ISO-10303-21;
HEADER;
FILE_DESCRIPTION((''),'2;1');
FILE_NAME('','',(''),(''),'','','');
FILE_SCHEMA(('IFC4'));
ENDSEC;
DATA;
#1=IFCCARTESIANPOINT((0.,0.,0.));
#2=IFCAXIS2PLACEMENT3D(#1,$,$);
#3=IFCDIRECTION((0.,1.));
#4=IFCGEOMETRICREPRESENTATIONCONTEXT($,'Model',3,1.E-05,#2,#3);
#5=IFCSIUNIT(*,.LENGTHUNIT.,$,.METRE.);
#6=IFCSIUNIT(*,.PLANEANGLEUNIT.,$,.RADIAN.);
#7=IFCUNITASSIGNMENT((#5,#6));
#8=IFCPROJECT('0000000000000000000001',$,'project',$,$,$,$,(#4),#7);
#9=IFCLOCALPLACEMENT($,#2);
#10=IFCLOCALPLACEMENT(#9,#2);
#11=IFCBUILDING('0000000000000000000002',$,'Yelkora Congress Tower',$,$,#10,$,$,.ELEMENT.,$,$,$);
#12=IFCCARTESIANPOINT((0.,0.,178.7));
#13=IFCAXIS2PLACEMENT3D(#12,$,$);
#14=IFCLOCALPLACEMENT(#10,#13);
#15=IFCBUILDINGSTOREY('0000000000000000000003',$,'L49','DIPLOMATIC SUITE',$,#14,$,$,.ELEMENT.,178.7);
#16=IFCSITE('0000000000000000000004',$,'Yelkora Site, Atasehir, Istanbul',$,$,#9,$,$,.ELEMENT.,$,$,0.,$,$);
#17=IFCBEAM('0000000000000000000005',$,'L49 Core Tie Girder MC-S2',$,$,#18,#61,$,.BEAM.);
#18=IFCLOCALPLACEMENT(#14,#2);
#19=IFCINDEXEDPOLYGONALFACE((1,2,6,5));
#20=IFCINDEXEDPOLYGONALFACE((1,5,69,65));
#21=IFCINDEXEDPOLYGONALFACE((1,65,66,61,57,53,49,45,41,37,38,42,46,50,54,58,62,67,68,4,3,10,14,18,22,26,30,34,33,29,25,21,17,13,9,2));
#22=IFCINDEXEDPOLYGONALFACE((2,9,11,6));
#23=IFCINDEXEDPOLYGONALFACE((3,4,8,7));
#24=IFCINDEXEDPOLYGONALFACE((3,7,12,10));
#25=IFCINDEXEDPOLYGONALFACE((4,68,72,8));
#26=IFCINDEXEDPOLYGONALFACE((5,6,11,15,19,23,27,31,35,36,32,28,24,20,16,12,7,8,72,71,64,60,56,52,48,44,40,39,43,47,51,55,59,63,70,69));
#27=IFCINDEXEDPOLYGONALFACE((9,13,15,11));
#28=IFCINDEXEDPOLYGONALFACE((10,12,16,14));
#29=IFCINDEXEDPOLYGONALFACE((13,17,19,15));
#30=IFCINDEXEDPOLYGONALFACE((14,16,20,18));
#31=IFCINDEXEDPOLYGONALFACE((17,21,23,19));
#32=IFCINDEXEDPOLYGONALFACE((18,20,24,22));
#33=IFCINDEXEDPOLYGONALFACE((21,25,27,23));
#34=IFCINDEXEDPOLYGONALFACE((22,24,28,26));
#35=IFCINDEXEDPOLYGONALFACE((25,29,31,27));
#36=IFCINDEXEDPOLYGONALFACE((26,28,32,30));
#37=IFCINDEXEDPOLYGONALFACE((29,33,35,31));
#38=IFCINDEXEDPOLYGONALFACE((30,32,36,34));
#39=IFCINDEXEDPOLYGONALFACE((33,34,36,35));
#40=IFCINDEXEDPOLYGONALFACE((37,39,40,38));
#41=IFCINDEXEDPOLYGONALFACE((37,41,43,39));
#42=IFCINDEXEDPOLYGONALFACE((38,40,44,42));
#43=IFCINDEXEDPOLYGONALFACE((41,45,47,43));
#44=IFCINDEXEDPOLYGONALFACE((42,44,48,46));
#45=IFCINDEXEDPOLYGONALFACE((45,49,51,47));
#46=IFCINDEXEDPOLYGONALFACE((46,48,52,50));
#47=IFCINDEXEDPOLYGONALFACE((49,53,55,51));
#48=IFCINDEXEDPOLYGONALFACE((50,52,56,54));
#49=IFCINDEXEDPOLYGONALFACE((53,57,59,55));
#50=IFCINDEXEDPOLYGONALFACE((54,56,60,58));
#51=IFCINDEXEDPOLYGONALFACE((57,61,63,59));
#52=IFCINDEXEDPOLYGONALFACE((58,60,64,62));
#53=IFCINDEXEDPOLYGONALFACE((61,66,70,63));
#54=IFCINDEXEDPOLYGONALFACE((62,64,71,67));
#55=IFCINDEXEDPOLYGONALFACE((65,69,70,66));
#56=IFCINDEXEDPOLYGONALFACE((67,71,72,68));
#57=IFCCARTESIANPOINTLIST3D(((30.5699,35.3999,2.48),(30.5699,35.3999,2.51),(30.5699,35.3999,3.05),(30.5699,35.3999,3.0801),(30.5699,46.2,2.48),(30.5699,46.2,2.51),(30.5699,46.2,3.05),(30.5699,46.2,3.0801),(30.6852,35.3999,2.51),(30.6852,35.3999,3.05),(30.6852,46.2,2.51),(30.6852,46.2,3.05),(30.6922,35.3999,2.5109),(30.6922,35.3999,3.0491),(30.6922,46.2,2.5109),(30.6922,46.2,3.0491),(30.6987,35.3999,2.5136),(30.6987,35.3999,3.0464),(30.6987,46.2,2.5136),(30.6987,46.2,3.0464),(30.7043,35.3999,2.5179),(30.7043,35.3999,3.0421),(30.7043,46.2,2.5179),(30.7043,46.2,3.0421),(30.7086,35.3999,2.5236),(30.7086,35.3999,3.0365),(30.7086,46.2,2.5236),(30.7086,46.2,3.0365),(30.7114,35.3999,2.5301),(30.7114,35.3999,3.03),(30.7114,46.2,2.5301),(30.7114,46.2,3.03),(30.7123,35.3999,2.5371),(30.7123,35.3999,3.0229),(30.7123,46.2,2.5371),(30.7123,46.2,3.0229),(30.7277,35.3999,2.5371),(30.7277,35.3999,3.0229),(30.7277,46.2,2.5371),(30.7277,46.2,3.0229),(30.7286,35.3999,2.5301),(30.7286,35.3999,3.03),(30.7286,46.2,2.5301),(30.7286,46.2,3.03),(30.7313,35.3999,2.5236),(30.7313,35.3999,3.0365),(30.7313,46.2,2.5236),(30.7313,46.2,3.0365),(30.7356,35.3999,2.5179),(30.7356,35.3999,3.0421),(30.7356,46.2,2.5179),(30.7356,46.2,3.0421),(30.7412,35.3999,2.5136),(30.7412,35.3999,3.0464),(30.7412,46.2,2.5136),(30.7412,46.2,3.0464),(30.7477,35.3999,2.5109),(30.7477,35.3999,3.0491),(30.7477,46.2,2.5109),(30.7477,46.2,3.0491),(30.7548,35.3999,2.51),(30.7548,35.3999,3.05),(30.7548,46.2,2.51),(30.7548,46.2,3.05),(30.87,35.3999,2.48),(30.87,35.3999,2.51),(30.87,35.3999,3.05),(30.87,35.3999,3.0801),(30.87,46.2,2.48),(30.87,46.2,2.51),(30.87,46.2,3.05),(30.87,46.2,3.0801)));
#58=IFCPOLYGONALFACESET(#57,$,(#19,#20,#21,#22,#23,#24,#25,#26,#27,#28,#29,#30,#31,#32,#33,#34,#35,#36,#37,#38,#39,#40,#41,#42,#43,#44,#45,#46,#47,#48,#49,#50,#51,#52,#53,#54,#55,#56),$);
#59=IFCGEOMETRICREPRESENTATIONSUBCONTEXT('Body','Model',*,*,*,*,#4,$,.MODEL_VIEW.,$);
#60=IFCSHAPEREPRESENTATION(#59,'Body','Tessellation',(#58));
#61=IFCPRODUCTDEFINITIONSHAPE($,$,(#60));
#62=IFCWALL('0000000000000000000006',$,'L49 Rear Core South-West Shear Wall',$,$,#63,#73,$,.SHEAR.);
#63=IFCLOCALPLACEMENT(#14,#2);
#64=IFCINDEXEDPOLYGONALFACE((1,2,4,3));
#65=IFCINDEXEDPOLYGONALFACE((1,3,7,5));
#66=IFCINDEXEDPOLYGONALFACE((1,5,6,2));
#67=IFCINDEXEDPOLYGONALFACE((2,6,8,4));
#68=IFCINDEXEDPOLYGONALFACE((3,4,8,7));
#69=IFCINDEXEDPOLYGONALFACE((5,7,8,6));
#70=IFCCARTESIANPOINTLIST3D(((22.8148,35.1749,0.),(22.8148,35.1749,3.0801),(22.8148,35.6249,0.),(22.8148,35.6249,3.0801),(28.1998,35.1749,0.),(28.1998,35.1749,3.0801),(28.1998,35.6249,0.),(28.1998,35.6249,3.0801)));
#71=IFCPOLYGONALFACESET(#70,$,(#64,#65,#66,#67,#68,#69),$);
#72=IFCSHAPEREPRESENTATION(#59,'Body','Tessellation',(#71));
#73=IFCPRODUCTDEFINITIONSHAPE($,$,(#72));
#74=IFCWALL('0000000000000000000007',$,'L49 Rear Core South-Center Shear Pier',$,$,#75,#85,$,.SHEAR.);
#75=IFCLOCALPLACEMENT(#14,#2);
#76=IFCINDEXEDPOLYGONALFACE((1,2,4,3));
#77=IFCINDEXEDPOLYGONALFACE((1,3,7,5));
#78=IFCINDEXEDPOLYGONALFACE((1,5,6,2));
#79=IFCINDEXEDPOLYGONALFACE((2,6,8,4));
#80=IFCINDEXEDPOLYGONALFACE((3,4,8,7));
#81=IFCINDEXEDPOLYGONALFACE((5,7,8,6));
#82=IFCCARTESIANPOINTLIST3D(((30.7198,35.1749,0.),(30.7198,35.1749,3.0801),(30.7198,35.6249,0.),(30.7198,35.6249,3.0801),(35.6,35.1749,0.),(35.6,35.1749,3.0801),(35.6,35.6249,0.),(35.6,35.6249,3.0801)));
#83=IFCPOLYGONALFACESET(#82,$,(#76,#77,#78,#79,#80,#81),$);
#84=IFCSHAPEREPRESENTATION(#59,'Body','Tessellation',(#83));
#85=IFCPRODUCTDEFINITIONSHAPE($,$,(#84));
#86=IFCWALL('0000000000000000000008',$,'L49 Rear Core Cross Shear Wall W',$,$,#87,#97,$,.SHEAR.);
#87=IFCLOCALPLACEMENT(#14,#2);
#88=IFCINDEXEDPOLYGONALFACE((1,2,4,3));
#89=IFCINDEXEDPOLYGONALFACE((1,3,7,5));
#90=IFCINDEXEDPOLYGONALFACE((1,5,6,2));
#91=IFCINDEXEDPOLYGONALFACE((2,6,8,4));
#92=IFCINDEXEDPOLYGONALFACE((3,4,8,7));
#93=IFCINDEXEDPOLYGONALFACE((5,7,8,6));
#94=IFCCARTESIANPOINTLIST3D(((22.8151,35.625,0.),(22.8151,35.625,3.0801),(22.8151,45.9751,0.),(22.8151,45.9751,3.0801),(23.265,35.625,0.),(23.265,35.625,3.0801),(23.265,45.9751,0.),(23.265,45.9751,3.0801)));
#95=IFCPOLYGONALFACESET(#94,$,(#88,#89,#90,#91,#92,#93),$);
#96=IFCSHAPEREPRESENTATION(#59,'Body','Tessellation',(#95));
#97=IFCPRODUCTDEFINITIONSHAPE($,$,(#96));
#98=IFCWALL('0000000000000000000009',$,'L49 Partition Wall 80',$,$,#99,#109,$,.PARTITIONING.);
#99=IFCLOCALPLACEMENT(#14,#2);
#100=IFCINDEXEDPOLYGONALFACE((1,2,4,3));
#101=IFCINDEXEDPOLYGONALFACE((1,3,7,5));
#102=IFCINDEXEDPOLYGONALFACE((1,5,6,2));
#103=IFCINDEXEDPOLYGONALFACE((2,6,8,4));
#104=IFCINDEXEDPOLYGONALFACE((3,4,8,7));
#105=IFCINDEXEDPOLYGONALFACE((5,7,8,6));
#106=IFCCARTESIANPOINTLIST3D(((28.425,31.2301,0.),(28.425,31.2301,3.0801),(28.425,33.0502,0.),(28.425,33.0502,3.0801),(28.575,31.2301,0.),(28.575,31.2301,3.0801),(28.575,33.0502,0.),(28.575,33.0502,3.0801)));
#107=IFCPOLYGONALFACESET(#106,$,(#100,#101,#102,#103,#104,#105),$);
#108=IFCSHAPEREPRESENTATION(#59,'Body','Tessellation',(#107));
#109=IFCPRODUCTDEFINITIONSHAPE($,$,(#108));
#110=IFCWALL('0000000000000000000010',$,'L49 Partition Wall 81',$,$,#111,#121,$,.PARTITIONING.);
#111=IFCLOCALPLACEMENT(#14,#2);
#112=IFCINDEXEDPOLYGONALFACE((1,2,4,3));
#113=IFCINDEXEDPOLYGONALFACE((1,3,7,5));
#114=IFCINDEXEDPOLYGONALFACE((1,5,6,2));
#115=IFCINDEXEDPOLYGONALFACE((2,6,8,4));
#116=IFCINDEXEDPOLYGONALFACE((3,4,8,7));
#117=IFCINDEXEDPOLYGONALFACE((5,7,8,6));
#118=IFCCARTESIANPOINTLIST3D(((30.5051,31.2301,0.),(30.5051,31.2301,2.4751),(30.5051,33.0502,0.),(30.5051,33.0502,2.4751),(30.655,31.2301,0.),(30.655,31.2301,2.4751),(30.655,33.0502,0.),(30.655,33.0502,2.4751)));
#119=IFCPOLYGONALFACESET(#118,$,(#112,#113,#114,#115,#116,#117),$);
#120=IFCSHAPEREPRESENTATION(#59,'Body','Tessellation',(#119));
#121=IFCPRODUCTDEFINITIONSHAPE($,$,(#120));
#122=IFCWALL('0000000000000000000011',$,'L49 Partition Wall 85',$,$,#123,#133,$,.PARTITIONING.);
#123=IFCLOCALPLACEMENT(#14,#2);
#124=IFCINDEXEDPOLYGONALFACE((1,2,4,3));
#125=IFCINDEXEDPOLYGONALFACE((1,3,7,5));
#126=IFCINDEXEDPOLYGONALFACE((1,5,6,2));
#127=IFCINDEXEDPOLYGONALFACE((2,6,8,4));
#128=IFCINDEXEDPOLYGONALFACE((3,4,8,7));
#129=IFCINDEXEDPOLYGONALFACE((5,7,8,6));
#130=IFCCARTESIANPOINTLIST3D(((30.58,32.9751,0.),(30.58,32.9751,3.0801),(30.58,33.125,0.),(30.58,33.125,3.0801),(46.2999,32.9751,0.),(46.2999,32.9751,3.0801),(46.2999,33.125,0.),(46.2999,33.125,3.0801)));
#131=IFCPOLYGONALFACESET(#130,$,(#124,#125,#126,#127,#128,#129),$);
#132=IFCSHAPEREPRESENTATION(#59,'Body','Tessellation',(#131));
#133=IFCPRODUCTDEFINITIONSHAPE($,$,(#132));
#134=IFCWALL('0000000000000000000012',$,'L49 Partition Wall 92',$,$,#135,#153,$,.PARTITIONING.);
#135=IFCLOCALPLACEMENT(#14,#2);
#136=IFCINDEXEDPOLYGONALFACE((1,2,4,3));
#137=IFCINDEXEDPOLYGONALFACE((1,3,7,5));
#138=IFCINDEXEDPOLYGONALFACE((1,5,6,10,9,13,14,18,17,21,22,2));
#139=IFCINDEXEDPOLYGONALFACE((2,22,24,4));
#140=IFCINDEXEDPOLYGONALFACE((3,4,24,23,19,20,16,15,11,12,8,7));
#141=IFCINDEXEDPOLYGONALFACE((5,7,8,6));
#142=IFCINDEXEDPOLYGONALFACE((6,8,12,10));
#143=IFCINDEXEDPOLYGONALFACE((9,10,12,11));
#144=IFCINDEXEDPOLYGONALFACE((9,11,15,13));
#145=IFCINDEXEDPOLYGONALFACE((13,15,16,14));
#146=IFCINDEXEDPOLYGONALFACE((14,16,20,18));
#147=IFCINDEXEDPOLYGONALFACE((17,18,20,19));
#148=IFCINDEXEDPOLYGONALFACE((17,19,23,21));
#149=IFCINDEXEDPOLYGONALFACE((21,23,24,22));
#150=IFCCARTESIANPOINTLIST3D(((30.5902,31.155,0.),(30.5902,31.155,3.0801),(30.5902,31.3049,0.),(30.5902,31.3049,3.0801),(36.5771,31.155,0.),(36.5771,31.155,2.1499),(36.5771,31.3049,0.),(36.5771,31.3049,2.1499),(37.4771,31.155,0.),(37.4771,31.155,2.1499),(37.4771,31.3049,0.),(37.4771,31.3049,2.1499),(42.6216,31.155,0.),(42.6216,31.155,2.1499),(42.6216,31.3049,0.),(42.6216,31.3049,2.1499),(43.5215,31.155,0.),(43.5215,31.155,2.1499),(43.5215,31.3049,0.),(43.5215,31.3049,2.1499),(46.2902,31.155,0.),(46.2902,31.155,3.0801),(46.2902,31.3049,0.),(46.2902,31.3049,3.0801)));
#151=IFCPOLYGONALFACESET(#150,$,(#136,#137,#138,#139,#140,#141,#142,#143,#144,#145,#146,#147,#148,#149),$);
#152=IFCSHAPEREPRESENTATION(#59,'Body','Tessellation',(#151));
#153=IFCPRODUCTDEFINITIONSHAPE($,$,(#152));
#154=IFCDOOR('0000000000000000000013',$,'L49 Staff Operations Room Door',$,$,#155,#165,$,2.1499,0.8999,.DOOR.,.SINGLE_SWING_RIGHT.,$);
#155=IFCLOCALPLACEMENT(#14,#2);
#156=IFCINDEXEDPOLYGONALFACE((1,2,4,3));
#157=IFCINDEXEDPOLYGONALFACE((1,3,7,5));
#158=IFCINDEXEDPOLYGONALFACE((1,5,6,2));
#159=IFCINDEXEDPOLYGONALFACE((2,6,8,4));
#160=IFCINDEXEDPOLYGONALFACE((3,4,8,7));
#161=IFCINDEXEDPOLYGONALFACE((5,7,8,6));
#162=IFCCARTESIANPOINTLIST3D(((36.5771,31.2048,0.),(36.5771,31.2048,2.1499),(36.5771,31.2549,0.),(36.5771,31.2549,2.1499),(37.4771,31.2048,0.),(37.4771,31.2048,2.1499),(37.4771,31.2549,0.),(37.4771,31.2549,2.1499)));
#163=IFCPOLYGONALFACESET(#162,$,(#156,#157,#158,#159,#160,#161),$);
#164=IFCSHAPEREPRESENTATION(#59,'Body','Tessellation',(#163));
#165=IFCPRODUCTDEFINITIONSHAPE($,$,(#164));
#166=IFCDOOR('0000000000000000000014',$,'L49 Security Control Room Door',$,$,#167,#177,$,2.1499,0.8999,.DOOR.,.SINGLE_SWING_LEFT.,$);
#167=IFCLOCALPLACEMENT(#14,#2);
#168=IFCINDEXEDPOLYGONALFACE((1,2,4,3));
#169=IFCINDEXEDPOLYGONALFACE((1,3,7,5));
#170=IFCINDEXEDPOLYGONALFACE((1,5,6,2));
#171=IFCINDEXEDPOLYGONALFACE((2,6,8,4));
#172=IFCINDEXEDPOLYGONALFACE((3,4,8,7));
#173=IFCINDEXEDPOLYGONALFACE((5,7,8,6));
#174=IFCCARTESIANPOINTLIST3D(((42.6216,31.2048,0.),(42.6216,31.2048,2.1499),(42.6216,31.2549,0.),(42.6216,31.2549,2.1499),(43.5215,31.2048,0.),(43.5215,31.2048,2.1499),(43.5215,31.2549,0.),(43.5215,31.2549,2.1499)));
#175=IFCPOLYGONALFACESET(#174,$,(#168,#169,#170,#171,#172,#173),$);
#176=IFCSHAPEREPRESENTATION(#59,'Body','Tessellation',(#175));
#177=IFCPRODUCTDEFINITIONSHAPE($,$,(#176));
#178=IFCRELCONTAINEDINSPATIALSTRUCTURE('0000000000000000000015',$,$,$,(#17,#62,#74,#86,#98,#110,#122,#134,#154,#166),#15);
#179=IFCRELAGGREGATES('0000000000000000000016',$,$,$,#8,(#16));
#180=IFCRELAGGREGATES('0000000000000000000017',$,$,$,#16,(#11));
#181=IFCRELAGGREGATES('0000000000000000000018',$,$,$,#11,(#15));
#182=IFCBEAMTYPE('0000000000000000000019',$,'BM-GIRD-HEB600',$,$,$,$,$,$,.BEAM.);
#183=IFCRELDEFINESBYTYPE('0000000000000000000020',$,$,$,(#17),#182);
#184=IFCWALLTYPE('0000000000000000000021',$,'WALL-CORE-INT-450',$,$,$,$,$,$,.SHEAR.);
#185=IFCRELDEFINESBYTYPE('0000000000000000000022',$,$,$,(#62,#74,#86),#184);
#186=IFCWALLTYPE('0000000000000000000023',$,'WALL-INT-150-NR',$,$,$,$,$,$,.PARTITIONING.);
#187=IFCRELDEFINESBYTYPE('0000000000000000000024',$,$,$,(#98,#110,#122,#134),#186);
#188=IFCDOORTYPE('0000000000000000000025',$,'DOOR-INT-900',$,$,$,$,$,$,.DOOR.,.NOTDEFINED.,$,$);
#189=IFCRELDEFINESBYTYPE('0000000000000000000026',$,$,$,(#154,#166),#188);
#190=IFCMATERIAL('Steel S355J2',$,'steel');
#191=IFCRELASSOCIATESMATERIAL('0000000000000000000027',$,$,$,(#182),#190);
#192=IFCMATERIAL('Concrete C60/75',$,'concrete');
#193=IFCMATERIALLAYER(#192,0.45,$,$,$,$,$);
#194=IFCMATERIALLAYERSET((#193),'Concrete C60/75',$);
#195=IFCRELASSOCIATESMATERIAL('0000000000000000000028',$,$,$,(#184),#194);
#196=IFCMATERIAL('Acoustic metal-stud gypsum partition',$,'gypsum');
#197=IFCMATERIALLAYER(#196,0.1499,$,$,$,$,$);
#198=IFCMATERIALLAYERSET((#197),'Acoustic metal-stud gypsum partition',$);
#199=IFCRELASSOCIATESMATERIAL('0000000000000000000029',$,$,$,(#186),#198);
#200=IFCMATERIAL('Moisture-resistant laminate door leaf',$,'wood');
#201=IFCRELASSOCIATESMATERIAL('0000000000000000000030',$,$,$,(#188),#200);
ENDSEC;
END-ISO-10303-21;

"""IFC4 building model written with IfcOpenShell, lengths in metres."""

from ifc_helpers import new_model, si_unit, direction, frame, frame_2d, origin, origin_2d, place, context, subcontext, project, spatial, rectangle, i_section, extrude, material, layer, layer_set, material_profile, profile_set, type_object, element, fill, save


model = new_model("IFC4")

# Units and contexts
model_context = context("Model", 3, precision=1e-05, world=origin(), true_north=direction((0.0, 1.0)))
body_context = subcontext(model_context, "Body", "Model", "MODEL_VIEW")
ifc_project = project(units=[si_unit("LENGTHUNIT", "METRE"), si_unit("PLANEANGLEUNIT", "RADIAN")], contexts=[model_context])

# Site, building, storey
site_placement = place(None, origin())
site = spatial("IfcSite", under=ifc_project, at=site_placement, Name="Yelkora Site, Atasehir, Istanbul", CompositionType="ELEMENT", RefElevation=0.0)
building_placement = place(site_placement, origin())
building = spatial("IfcBuilding", under=site, at=building_placement, Name="Yelkora Congress Tower", CompositionType="ELEMENT")
storey_placement = place(building_placement, frame((0.0, 0.0, 178.7)))
storey = spatial("IfcBuildingStorey", under=building, at=storey_placement, Name="L49", Description="DIPLOMATIC SUITE", CompositionType="ELEMENT", Elevation=178.7)

# Beam
ifc_material_1 = material(Name="Steel S355J2", Category="steel")
ifc_material_profile_1 = material_profile(ifc_material_1, i_section(OverallWidth=0.3, OverallDepth=0.6001, WebThickness=0.0154, FlangeThickness=0.03, FilletRadius=0.0271, at=origin_2d()), Name="HEB 600")
ifc_profile_set_1 = profile_set([ifc_material_profile_1], Name="Steel S355J2")
beam_type = type_object("IfcBeamType", Name="BM-GIRD-HEB600", PredefinedType="BEAM", material=ifc_profile_set_1)
beam_placement = place(storey_placement, frame((30.72, 35.3999, 2.78), z_axis=(0.0, 1.0, 0.0), x_axis=(-1.0, 0.0, 0.0)))
element("IfcBeam", 1, at=beam_placement, inside=storey, type_object=beam_type, Name="L49 Core Tie Girder MC-S2", PredefinedType="BEAM", context=body_context, shape_type="SweptSolid", body=[
    extrude(i_section(OverallWidth=0.3, OverallDepth=0.6001, WebThickness=0.0154, FlangeThickness=0.03, FilletRadius=0.0271, at=origin_2d()), origin(), (0.0, 0.0, 1.0), 10.8),
])

# Walls
ifc_material_2 = material(Name="Concrete C60/75", Category="concrete")
ifc_layer_1 = layer(ifc_material_2, 0.45)
ifc_layer_set_1 = layer_set([ifc_layer_1], Name="Concrete C60/75")
wall_type_1 = type_object("IfcWallType", Name="WALL-CORE-INT-450", PredefinedType="SHEAR", material=ifc_layer_set_1)
wall_1_placement = place(storey_placement, frame((22.8149, 35.3999, 0.0), z_axis=(0.0, 0.0, 1.0), x_axis=(1.0, 0.0, 0.0)))
element("IfcWall", 2, at=wall_1_placement, inside=storey, type_object=wall_type_1, Name="L49 Rear Core South-West Shear Wall", PredefinedType="SHEAR", context=body_context, shape_type="SweptSolid", body=[
    extrude(rectangle(XDim=5.385, YDim=0.45, at=frame_2d((2.6924, 0.0))), origin(), (0.0, 0.0, 1.0), 3.0801),
])
wall_2_placement = place(storey_placement, frame((30.72, 35.3999, 0.0), z_axis=(0.0, 0.0, 1.0), x_axis=(1.0, 0.0, 0.0)))
element("IfcWall", 3, at=wall_2_placement, inside=storey, type_object=wall_type_1, Name="L49 Rear Core South-Center Shear Pier", PredefinedType="SHEAR", context=body_context, shape_type="SweptSolid", body=[
    extrude(rectangle(XDim=4.8801, YDim=0.45, at=frame_2d((2.4399, 0.0))), origin(), (0.0, 0.0, 1.0), 3.0801),
])
wall_3_placement = place(storey_placement, frame((23.04, 35.625, 0.0), z_axis=(0.0, 0.0, 1.0), x_axis=(0.0, 1.0, 0.0)))
element("IfcWall", 4, at=wall_3_placement, inside=storey, type_object=wall_type_1, Name="L49 Rear Core Cross Shear Wall W", PredefinedType="SHEAR", context=body_context, shape_type="SweptSolid", body=[
    extrude(rectangle(XDim=10.3501, YDim=0.45, at=frame_2d((5.175, 0.0))), origin(), (0.0, 0.0, 1.0), 3.0801),
])

# Walls
ifc_material_3 = material(Name="Acoustic metal-stud gypsum partition", Category="gypsum")
ifc_layer_2 = layer(ifc_material_3, 0.1499)
ifc_layer_set_2 = layer_set([ifc_layer_2], Name="Acoustic metal-stud gypsum partition")
wall_type_2 = type_object("IfcWallType", Name="WALL-INT-150-NR", PredefinedType="PARTITIONING", material=ifc_layer_set_2)
wall_4_placement = place(storey_placement, frame((28.5, 31.23, 0.0), z_axis=(0.0, 0.0, 1.0), x_axis=(0.0, 1.0, 0.0)))
element("IfcWall", 5, at=wall_4_placement, inside=storey, type_object=wall_type_2, Name="L49 Partition Wall 80", PredefinedType="PARTITIONING", context=body_context, shape_type="SweptSolid", body=[
    extrude(rectangle(XDim=1.8201, YDim=0.1499, at=frame_2d((0.9102, 0.0))), origin(), (0.0, 0.0, 1.0), 3.0801),
])
wall_5_placement = place(storey_placement, frame((30.5801, 31.23, 0.0), z_axis=(0.0, 0.0, 1.0), x_axis=(0.0, 1.0, 0.0)))
element("IfcWall", 6, at=wall_5_placement, inside=storey, type_object=wall_type_2, Name="L49 Partition Wall 81", PredefinedType="PARTITIONING", context=body_context, shape_type="SweptSolid", body=[
    extrude(rectangle(XDim=1.8201, YDim=0.1499, at=frame_2d((0.9102, 0.0))), origin(), (0.0, 0.0, 1.0), 2.4751),
])
wall_6_placement = place(storey_placement, frame((30.5801, 33.05, 0.0), z_axis=(0.0, 0.0, 1.0), x_axis=(1.0, 0.0, 0.0)))
element("IfcWall", 7, at=wall_6_placement, inside=storey, type_object=wall_type_2, Name="L49 Partition Wall 85", PredefinedType="PARTITIONING", context=body_context, shape_type="SweptSolid", body=[
    extrude(rectangle(XDim=15.72, YDim=0.1499, at=frame_2d((7.8599, 0.0))), origin(), (0.0, 0.0, 1.0), 3.0801),
])

# Wall, openings, doors
wall_7_placement = place(storey_placement, frame((30.5901, 31.23, 0.0), z_axis=(0.0, 0.0, 1.0), x_axis=(1.0, 0.0, 0.0)))
wall_7 = element("IfcWall", 8, at=wall_7_placement, inside=storey, type_object=wall_type_2, Name="L49 Partition Wall 92", PredefinedType="PARTITIONING", context=body_context, shape_type="SweptSolid", body=[
    extrude(rectangle(XDim=15.7, YDim=0.1499, at=frame_2d((7.8501, 0.0))), origin(), (0.0, 0.0, 1.0), 3.0801),
])
opening_1_placement = place(wall_7_placement, frame((5.9871, 0.0, 0.0)))
opening_1 = element("IfcOpeningElement", 9, at=opening_1_placement, cuts=wall_7, PredefinedType="OPENING", context=body_context, shape_type="SweptSolid", body=[
    extrude(rectangle(XDim=0.8999, YDim=2.1499, at=frame_2d((0.45, 1.075))), frame((0.0, 0.085, 0.0), z_axis=(0.0, -1.0, 0.0), x_axis=(1.0, 0.0, 0.0)), (0.0, 0.0, 1.0), 0.1699),
])
opening_2_placement = place(wall_7_placement, frame((12.0315, 0.0, 0.0)))
opening_2 = element("IfcOpeningElement", 10, at=opening_2_placement, cuts=wall_7, PredefinedType="OPENING", context=body_context, shape_type="SweptSolid", body=[
    extrude(rectangle(XDim=0.8999, YDim=2.1499, at=frame_2d((0.45, 1.075))), frame((0.0, 0.085, 0.0), z_axis=(0.0, -1.0, 0.0), x_axis=(1.0, 0.0, 0.0)), (0.0, 0.0, 1.0), 0.1699),
])
ifc_material_4 = material(Name="Moisture-resistant laminate door leaf", Category="wood")
door_type_1 = type_object("IfcDoorType", Name="DOOR-INT-900", OperationType="NOTDEFINED", PredefinedType="DOOR", material=ifc_material_4)
door_1_placement = place(opening_1_placement, origin())
door_1 = element("IfcDoor", 11, at=door_1_placement, inside=storey, type_object=door_type_1, Name="L49 Staff Operations Room Door", OperationType="SINGLE_SWING_RIGHT", OverallHeight=2.1499, OverallWidth=0.8999, PredefinedType="DOOR", context=body_context, shape_type="SweptSolid", body=[
    extrude(rectangle(XDim=0.8999, YDim=2.1499, at=frame_2d((0.45, 1.075))), frame((0.0, 0.0249, 0.0), z_axis=(0.0, -1.0, 0.0), x_axis=(1.0, 0.0, 0.0)), (0.0, 0.0, 1.0), 0.05),
])
fill(opening_1, door_1)
door_2_placement = place(opening_2_placement, origin())
door_2 = element("IfcDoor", 12, at=door_2_placement, inside=storey, type_object=door_type_1, Name="L49 Security Control Room Door", OperationType="SINGLE_SWING_LEFT", OverallHeight=2.1499, OverallWidth=0.8999, PredefinedType="DOOR", context=body_context, shape_type="SweptSolid", body=[
    extrude(rectangle(XDim=0.8999, YDim=2.1499, at=frame_2d((0.45, 1.075))), frame((0.0, 0.0249, 0.0), z_axis=(0.0, -1.0, 0.0), x_axis=(1.0, 0.0, 0.0)), (0.0, 0.0, 1.0), 0.05),
])
fill(opening_2, door_2)

save(model, "model.ifc")
